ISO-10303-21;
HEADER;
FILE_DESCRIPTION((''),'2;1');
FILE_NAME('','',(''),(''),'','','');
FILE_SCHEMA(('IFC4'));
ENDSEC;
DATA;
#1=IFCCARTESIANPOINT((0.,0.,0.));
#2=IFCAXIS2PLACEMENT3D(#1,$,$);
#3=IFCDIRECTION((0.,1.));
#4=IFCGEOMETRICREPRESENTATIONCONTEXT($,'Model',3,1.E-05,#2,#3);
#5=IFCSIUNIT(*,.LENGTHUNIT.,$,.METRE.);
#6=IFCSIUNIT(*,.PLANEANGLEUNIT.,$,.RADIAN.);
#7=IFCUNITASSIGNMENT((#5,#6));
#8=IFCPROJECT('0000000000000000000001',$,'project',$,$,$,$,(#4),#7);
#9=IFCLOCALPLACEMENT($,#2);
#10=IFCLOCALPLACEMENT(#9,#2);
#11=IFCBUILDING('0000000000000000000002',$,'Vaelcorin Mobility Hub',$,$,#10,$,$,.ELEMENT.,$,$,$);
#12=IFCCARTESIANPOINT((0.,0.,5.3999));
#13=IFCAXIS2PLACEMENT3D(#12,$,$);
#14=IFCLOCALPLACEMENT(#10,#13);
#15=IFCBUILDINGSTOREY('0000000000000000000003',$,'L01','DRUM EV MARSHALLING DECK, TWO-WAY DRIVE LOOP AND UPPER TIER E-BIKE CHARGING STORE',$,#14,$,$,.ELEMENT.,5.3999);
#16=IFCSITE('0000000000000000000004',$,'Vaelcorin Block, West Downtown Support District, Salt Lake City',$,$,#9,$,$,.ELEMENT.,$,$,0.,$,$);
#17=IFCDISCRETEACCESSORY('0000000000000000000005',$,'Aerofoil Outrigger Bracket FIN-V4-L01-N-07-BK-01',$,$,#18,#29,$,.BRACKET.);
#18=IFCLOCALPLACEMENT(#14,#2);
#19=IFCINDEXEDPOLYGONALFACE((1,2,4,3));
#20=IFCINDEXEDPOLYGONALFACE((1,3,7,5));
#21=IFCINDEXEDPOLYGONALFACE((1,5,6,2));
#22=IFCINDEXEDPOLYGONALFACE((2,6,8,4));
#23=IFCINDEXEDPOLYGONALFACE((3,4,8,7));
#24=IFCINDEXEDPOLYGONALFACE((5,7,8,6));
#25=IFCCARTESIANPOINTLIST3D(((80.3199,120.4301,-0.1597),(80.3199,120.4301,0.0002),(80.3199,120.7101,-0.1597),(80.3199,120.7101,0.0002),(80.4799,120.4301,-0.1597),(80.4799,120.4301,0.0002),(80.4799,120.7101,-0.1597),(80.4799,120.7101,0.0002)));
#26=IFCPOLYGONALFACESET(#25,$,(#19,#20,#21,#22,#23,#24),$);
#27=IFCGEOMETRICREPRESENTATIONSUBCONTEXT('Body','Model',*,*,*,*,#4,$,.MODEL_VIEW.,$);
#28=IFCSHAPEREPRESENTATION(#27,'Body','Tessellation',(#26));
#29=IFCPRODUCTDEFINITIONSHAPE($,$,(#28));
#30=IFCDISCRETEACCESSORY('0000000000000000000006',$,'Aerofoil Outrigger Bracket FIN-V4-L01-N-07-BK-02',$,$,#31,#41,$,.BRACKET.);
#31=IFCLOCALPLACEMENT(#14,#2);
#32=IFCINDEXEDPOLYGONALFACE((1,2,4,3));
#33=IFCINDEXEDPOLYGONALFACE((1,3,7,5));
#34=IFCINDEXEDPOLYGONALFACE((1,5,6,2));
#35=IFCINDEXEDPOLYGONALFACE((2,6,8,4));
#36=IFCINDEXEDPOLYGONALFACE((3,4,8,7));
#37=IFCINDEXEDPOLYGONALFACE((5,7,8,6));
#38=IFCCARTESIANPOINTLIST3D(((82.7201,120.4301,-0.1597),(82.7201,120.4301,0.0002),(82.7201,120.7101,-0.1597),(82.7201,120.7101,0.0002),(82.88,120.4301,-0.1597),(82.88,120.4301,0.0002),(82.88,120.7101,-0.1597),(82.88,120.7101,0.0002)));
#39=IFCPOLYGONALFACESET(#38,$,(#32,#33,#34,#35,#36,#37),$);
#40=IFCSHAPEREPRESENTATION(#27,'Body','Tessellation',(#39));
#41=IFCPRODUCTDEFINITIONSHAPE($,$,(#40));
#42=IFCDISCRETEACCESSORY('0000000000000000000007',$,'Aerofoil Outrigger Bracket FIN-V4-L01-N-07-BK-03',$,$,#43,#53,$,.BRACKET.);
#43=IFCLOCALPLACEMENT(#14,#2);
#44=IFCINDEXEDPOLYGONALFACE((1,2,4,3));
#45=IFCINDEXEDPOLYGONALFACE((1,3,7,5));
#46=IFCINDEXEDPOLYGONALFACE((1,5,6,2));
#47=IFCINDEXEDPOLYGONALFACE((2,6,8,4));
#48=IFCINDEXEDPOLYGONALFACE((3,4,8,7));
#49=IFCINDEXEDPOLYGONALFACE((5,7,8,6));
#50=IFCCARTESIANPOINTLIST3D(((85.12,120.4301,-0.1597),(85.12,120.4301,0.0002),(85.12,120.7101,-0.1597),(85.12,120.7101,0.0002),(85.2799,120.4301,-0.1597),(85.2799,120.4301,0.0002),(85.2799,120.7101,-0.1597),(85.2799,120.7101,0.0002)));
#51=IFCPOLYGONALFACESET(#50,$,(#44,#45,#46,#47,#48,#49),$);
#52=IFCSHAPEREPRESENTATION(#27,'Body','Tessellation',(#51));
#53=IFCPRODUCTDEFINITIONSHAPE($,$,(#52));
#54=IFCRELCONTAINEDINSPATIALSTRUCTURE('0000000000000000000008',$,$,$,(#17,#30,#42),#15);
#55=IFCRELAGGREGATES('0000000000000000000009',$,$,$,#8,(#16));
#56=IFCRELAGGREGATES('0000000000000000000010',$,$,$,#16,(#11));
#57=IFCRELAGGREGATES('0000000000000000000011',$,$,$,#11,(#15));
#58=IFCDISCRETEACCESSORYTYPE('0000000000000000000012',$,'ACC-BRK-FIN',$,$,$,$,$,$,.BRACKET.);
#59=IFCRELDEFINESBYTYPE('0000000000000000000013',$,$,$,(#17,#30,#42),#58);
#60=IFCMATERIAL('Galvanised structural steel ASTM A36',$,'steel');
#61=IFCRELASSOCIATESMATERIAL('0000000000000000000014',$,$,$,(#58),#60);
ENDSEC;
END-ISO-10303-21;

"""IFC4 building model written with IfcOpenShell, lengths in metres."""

from ifc_helpers import new_model, si_unit, direction, frame, origin, origin_2d, place, context, subcontext, project, spatial, rectangle, extrude, material, type_object, element, save


model = new_model("IFC4")

# Units and contexts
model_context = context("Model", 3, precision=1e-05, world=origin(), true_north=direction((0.0, 1.0)))
body_context = subcontext(model_context, "Body", "Model", "MODEL_VIEW")
ifc_project = project(units=[si_unit("LENGTHUNIT", "METRE"), si_unit("PLANEANGLEUNIT", "RADIAN")], contexts=[model_context])

# Site, building, storey
site_placement = place(None, origin())
site = spatial("IfcSite", under=ifc_project, at=site_placement, Name="Vaelcorin Block, West Downtown Support District, Salt Lake City", CompositionType="ELEMENT", RefElevation=0.0)
building_placement = place(site_placement, origin())
building = spatial("IfcBuilding", under=site, at=building_placement, Name="Vaelcorin Mobility Hub", CompositionType="ELEMENT")
storey_placement = place(building_placement, frame((0.0, 0.0, 5.3999)))
storey = spatial("IfcBuildingStorey", under=building, at=storey_placement, Name="L01", Description="DRUM EV MARSHALLING DECK, TWO-WAY DRIVE LOOP AND UPPER TIER E-BIKE CHARGING STORE", CompositionType="ELEMENT", Elevation=5.3999)

# Shared definitions
ifc_material_1 = material(Name="Galvanised structural steel ASTM A36", Category="steel")

# Discrete accessories
discrete_accessory_type = type_object("IfcDiscreteAccessoryType", Name="ACC-BRK-FIN", PredefinedType="BRACKET", material=ifc_material_1)
for number, where, z_axis, x_axis, name in (
    (1, (80.3999, 120.5701, -0.1597), (0.0, 0.0, 1.0), (0.0, 1.0, 0.0), "Aerofoil Outrigger Bracket FIN-V4-L01-N-07-BK-01"),
    (2, (82.8, 120.5701, -0.1597), (0.0, 0.0, 1.0), (0.0, 1.0, 0.0), "Aerofoil Outrigger Bracket FIN-V4-L01-N-07-BK-02"),
    (3, (85.2, 120.5701, -0.1597), (0.0, 0.0, 1.0), (0.0, 1.0, 0.0), "Aerofoil Outrigger Bracket FIN-V4-L01-N-07-BK-03"),
):
    element("IfcDiscreteAccessory", number, at=place(storey_placement, frame(where, z_axis=z_axis, x_axis=x_axis)), inside=storey, type_object=discrete_accessory_type, Name=name, PredefinedType="BRACKET", context=body_context, shape_type="SweptSolid", body=[
        extrude(rectangle(XDim=0.28, YDim=0.1599, at=origin_2d()), origin(), (0.0, 0.0, 1.0), 0.1599),
    ])

save(model, "model.ifc")
